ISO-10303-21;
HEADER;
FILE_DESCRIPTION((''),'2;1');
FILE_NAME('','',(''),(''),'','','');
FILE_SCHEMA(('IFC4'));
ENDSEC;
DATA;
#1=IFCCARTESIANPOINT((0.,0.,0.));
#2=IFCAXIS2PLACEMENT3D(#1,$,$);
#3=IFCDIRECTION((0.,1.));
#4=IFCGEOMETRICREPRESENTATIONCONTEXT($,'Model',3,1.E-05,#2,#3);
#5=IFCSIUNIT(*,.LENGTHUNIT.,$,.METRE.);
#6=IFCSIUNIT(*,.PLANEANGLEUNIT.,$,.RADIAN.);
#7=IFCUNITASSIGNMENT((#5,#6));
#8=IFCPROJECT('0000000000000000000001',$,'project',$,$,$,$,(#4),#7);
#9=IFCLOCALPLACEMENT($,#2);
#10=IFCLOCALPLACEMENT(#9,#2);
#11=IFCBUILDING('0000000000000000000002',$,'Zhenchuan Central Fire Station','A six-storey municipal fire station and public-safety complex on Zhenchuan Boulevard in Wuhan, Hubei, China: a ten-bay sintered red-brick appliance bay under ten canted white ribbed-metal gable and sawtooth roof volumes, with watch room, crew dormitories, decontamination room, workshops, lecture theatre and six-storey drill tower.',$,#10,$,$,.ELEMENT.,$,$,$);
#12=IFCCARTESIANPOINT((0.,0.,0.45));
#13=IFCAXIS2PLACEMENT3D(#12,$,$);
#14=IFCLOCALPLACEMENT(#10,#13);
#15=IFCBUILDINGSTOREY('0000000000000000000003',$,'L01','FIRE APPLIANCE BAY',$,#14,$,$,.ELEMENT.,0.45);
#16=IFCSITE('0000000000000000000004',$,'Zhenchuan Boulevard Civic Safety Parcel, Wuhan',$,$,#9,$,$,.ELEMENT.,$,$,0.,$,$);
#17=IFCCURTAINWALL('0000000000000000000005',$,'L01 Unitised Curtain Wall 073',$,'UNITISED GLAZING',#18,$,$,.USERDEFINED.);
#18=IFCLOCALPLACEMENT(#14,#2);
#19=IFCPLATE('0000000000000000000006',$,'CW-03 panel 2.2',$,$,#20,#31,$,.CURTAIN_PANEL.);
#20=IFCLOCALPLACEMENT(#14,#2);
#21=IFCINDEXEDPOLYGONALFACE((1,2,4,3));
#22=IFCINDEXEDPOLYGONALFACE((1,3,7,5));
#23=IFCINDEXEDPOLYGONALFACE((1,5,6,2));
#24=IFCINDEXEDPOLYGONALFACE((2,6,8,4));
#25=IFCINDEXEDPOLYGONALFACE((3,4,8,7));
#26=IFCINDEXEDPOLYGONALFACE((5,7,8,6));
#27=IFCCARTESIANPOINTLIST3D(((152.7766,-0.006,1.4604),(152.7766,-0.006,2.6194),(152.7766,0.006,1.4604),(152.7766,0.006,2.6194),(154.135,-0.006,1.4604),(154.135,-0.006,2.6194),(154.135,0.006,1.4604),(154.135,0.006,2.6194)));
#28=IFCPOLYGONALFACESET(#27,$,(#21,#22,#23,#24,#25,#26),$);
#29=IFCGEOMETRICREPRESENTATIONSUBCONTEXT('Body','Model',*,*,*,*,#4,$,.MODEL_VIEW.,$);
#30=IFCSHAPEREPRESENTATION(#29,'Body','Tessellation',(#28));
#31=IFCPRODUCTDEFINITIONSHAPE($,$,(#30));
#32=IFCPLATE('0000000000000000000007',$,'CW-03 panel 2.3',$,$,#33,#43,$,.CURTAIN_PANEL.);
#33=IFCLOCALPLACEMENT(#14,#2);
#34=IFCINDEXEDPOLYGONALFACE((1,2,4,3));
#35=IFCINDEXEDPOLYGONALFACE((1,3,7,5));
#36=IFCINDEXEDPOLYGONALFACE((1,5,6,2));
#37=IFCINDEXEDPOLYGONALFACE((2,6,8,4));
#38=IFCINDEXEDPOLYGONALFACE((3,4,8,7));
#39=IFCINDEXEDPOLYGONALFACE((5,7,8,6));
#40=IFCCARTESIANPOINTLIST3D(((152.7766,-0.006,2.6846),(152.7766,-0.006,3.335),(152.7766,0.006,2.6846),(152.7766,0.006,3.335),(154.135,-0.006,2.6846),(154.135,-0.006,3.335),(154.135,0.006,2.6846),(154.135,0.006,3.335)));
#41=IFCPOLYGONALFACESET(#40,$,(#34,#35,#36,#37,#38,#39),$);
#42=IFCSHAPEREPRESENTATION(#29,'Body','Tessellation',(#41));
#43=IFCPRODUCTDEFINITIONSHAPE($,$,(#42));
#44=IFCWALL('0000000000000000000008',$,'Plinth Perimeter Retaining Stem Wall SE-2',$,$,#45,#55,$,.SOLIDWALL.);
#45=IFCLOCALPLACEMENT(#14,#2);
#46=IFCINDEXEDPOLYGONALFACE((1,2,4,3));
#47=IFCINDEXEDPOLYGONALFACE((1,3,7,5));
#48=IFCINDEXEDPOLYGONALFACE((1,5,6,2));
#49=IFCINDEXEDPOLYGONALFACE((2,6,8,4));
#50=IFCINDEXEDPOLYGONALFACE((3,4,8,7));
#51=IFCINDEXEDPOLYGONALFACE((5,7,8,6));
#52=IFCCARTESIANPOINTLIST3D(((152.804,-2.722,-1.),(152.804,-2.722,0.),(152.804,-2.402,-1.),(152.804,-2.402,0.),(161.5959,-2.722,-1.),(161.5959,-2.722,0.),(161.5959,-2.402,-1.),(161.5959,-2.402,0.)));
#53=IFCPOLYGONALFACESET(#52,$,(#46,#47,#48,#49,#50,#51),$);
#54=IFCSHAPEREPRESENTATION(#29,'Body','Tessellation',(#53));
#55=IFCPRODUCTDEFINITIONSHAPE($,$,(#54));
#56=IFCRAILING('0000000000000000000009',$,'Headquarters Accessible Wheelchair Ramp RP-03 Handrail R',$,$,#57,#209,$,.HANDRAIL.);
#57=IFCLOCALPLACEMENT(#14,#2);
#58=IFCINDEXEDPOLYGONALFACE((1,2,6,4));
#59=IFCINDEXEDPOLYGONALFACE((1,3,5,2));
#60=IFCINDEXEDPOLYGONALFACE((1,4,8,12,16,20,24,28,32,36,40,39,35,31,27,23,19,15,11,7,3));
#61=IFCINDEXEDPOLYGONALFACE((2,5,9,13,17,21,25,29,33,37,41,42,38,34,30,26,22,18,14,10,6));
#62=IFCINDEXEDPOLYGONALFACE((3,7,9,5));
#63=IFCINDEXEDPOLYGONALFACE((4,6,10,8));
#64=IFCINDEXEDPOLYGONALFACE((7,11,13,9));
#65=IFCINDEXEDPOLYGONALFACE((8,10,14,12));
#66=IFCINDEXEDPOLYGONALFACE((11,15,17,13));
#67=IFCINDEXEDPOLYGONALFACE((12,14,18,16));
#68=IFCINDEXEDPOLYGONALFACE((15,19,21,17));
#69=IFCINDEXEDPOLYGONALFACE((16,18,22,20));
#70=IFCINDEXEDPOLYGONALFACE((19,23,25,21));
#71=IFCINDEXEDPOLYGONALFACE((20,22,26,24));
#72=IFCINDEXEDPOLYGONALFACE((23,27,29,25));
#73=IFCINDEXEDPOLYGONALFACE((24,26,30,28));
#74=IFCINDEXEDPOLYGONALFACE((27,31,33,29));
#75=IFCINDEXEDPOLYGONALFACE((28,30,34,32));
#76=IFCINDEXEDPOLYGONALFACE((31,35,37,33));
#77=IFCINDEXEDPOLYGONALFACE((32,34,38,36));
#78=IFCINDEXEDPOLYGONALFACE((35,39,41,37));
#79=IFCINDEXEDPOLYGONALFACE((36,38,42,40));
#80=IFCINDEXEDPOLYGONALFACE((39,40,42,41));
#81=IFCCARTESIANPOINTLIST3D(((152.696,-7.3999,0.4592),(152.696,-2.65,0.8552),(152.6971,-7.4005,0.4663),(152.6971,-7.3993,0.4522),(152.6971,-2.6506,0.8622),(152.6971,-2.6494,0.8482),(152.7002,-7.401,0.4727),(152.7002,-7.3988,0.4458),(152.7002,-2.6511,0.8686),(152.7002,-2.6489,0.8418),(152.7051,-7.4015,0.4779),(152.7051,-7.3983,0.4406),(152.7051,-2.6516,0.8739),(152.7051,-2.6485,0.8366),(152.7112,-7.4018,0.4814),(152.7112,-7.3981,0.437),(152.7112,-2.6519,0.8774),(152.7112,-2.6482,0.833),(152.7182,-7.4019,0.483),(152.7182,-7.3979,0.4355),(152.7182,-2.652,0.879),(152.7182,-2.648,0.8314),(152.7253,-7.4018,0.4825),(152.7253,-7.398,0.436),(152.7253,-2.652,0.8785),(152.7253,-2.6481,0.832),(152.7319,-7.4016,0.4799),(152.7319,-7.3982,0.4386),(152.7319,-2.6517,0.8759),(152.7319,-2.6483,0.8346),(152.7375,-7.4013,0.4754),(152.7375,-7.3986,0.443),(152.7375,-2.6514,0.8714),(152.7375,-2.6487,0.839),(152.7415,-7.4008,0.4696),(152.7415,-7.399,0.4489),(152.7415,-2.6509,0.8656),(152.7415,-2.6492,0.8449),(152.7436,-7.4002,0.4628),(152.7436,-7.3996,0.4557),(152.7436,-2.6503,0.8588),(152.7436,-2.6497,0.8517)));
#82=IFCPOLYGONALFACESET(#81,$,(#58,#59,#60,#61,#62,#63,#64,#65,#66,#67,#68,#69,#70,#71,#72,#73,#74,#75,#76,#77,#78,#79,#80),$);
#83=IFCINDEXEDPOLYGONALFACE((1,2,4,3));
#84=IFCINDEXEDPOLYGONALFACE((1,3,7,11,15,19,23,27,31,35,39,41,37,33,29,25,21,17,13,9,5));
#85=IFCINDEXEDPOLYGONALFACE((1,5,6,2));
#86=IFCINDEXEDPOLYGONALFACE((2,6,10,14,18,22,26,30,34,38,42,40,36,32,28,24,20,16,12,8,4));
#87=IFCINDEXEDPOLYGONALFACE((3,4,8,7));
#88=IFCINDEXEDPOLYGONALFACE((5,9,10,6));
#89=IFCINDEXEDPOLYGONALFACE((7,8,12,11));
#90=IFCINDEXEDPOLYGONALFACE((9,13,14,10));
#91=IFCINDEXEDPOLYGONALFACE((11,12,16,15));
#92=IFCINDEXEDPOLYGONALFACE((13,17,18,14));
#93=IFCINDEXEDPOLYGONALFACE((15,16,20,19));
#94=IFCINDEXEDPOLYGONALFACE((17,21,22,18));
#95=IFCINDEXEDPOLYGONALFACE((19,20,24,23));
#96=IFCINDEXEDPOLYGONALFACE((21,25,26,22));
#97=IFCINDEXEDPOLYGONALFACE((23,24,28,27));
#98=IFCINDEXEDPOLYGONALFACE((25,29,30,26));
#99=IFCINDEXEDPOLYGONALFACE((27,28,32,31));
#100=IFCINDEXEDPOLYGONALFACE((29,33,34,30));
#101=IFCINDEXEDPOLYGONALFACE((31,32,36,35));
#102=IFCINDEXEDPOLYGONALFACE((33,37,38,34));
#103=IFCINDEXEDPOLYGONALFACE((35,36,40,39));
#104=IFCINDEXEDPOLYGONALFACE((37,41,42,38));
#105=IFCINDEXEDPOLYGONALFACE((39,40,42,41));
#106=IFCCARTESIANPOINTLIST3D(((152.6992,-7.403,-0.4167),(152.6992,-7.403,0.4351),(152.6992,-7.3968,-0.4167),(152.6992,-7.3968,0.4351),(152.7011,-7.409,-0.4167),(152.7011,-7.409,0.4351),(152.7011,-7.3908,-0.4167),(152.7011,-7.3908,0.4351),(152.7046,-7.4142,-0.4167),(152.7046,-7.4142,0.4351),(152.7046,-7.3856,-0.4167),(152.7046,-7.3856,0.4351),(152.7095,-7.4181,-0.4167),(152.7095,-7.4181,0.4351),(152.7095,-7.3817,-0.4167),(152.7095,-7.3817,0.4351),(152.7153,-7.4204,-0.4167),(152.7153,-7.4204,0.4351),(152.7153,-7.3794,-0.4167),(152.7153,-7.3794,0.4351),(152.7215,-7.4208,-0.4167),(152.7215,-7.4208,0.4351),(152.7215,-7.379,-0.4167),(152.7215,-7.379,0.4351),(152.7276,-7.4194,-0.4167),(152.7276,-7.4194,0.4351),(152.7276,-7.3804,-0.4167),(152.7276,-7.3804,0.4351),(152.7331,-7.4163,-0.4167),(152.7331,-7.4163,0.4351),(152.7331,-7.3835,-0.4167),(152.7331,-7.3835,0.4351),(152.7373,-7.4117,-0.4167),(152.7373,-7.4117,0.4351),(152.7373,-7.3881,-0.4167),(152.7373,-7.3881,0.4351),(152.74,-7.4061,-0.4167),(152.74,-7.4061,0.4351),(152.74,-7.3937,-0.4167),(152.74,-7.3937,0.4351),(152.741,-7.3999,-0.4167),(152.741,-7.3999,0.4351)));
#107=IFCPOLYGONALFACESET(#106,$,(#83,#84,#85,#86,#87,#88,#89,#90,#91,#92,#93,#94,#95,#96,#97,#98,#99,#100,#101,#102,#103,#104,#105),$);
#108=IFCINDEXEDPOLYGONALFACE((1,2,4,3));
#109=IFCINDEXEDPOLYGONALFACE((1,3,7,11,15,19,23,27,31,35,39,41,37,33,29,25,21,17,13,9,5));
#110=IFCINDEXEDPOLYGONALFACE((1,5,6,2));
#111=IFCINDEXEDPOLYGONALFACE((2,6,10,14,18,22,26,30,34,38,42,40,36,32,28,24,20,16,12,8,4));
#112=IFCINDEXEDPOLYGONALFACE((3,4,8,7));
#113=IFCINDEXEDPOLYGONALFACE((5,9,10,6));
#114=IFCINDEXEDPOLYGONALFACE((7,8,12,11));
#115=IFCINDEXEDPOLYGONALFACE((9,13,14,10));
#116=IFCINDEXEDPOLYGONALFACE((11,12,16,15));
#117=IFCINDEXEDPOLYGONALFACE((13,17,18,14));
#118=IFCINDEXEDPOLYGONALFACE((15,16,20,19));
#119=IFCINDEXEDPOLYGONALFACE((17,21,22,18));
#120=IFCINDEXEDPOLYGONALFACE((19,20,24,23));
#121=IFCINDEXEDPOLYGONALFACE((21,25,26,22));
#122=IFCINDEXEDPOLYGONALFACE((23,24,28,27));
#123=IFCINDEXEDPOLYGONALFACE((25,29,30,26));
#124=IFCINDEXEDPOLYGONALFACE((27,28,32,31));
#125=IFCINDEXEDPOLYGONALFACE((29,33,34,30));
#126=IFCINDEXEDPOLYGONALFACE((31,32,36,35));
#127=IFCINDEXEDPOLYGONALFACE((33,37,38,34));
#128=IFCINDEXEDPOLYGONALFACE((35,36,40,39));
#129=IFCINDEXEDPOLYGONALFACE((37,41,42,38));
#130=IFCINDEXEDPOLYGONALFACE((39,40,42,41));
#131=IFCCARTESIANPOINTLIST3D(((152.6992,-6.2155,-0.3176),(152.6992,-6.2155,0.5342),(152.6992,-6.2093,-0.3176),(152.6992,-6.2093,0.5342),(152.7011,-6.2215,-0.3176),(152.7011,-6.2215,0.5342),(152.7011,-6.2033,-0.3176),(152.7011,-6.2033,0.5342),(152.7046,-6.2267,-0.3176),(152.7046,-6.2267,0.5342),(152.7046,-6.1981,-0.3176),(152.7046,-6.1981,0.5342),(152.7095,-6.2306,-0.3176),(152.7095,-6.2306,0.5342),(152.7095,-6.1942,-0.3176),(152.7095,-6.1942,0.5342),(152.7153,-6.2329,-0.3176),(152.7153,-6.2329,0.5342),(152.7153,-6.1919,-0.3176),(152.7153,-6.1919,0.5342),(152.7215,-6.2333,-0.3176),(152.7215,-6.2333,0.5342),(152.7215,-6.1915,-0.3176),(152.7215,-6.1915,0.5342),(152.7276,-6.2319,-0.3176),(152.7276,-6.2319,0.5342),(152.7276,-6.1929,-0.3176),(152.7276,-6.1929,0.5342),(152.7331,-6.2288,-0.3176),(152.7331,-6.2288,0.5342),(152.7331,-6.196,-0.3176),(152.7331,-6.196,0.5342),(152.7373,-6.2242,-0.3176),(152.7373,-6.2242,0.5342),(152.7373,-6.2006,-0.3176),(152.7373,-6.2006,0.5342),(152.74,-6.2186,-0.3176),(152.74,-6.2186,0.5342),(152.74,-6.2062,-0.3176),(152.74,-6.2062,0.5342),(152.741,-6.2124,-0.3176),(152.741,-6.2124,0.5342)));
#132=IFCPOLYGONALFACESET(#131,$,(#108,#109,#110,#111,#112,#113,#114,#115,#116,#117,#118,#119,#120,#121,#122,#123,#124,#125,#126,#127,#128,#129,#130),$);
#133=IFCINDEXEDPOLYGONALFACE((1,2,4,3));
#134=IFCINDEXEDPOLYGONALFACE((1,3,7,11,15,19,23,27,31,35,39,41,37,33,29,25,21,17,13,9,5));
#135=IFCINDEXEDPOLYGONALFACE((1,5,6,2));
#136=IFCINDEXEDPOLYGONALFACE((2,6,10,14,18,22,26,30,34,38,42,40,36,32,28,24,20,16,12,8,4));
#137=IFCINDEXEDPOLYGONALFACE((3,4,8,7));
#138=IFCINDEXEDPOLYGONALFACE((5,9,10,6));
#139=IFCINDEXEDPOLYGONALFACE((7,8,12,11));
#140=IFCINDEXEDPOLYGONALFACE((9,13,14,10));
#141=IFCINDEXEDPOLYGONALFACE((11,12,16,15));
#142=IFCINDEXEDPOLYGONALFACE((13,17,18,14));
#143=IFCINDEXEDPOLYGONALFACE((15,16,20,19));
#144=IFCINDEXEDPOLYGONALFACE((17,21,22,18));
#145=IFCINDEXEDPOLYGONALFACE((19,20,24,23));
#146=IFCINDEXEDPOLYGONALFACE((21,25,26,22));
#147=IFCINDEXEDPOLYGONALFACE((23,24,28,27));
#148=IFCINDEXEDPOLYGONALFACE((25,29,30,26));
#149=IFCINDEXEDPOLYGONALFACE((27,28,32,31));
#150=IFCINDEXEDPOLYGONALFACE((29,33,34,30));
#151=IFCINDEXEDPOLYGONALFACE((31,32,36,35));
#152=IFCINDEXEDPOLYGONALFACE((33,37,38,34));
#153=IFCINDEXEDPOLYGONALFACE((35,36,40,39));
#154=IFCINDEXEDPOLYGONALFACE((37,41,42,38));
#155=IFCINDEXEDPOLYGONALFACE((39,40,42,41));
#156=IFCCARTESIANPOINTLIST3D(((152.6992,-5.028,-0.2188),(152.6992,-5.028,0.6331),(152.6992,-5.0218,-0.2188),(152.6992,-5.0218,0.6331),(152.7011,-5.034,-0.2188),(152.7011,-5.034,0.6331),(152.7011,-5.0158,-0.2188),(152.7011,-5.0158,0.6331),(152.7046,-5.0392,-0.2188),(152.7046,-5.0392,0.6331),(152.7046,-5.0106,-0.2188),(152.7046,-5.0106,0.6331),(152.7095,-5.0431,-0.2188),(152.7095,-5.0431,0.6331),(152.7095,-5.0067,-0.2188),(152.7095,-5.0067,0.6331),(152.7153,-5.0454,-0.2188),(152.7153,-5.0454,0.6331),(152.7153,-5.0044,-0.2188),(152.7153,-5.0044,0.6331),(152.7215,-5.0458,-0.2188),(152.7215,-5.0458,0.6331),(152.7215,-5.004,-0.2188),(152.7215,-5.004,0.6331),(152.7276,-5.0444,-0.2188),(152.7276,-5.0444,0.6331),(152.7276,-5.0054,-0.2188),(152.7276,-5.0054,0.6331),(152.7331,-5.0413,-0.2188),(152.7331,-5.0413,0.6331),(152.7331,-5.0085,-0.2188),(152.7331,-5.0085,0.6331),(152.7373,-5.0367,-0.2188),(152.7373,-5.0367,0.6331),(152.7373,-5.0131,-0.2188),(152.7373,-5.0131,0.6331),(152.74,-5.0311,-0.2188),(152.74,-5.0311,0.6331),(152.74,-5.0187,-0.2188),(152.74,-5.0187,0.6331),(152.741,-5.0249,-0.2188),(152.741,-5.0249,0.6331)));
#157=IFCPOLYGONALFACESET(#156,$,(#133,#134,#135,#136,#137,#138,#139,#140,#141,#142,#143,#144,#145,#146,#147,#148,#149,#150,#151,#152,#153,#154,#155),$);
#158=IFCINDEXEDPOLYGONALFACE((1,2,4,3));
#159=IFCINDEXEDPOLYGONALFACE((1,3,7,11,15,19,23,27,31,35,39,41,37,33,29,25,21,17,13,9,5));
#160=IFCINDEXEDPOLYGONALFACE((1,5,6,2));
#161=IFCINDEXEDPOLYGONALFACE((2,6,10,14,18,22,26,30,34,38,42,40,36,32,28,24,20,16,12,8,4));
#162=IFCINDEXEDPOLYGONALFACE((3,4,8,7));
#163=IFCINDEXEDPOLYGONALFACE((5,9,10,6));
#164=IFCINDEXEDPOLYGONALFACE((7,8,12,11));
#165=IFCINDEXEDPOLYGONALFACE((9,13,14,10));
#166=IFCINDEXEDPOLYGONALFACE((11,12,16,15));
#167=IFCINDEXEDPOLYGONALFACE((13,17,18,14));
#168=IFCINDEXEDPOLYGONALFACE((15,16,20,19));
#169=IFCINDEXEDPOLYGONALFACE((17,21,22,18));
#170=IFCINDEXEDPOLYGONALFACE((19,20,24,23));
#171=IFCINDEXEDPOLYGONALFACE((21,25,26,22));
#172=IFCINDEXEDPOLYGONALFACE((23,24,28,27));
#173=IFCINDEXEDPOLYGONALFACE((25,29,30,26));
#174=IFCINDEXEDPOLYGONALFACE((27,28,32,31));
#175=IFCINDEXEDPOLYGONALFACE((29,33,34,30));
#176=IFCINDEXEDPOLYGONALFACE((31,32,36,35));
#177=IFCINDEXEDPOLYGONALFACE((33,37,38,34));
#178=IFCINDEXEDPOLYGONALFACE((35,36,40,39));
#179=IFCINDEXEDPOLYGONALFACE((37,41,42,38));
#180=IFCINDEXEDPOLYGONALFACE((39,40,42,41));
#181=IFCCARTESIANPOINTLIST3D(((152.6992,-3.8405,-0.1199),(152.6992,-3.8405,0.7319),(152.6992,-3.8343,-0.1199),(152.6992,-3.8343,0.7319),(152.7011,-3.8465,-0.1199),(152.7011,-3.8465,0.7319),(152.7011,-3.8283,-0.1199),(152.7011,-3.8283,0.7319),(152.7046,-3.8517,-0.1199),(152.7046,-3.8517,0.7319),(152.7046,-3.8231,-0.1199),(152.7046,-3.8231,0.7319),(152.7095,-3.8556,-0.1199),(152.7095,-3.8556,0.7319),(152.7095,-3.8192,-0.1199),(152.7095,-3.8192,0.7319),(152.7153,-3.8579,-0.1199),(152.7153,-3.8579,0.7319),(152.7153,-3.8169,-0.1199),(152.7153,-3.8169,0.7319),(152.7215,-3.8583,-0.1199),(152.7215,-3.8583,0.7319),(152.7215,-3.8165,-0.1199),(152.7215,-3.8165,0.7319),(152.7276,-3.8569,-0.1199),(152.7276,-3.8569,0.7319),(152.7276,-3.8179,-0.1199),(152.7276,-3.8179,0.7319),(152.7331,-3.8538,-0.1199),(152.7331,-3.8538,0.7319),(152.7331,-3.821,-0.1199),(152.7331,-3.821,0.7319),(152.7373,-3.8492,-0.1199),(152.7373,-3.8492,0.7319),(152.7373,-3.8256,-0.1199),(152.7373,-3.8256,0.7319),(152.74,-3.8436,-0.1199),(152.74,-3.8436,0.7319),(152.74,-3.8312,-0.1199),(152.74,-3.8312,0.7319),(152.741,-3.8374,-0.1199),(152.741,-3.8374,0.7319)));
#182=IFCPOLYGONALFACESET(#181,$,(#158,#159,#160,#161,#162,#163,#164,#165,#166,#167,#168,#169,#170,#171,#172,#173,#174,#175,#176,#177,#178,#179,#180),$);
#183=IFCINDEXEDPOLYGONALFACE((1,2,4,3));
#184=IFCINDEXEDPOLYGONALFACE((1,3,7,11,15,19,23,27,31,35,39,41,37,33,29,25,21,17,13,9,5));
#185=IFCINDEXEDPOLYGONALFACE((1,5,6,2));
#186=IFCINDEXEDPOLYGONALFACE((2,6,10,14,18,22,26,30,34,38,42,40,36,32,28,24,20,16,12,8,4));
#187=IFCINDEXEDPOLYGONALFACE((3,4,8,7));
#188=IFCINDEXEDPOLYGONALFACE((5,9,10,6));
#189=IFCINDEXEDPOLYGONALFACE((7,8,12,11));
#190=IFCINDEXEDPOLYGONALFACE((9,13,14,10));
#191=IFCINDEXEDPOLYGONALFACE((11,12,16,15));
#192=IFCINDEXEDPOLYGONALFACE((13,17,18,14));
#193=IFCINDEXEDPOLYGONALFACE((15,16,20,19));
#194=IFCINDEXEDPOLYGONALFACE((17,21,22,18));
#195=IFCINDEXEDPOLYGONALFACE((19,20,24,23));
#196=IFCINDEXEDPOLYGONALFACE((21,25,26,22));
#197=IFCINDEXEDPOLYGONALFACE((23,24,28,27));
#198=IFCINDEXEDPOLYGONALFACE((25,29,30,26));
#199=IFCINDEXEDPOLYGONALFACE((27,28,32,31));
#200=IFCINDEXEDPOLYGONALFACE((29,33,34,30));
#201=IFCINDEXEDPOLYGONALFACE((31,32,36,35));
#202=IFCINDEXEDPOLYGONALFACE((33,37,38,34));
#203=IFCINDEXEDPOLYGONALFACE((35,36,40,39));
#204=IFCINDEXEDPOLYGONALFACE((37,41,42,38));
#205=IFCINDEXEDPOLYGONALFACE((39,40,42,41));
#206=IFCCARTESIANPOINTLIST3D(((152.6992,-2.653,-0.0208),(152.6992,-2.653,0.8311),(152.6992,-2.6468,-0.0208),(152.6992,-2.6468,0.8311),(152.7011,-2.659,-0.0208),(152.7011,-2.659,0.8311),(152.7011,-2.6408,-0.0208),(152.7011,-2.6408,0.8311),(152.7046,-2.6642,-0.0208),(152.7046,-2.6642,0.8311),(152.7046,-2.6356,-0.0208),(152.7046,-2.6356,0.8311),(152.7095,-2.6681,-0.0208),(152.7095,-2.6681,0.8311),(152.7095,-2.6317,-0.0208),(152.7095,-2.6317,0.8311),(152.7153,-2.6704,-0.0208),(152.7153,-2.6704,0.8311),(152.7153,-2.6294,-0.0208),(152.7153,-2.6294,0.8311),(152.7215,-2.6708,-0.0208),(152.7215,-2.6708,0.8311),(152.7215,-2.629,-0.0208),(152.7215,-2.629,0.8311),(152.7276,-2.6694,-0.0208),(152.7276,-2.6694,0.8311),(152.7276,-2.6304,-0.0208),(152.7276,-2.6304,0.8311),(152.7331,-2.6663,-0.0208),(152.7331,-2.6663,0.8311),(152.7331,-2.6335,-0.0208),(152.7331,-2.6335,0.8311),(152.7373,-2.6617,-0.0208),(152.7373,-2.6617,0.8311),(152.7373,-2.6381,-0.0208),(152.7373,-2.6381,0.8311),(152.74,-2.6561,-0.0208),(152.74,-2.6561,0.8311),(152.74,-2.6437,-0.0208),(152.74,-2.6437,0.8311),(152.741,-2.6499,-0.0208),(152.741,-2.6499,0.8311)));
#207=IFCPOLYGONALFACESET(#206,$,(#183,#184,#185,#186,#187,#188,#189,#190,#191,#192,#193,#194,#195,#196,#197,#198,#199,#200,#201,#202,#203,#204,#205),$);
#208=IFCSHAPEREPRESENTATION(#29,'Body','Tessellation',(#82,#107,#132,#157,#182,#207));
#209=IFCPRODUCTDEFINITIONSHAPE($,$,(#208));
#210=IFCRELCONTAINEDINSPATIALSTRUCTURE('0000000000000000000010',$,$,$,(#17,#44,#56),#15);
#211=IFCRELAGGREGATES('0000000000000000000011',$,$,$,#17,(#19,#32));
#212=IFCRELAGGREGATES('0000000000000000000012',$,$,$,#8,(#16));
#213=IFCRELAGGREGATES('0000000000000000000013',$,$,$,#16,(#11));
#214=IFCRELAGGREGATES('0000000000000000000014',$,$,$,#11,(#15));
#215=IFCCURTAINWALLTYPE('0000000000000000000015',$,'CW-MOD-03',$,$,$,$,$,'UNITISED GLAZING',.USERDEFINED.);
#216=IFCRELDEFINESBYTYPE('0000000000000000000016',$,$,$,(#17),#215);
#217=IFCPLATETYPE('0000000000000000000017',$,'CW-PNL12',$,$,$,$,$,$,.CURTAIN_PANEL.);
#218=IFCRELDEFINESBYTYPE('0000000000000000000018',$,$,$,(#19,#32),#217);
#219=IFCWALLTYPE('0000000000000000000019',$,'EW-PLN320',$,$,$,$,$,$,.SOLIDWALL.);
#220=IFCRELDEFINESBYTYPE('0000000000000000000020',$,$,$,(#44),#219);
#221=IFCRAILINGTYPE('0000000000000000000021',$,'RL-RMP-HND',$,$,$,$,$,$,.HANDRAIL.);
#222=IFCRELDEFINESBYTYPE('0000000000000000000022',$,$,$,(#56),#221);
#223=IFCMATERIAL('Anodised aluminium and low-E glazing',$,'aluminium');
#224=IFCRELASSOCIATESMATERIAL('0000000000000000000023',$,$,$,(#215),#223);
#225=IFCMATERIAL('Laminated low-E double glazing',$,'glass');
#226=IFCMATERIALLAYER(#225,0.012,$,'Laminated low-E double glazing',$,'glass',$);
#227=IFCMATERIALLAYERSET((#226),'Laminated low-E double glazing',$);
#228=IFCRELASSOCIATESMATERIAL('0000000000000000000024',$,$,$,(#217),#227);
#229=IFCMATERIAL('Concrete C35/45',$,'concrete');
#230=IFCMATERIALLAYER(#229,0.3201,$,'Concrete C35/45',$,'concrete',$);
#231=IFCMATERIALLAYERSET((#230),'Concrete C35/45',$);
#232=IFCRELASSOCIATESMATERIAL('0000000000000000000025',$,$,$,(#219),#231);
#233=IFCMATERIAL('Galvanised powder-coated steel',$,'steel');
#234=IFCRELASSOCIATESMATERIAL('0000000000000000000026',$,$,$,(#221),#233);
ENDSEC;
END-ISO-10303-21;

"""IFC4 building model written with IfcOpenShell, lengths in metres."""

from ifc_helpers import new_model, si_unit, direction, frame, frame_2d, origin, origin_2d, place, context, subcontext, project, spatial, rectangle, circle, extrude, material, layer, layer_set, type_object, element, aggregate, save


model = new_model("IFC4")

# Units and contexts
model_context = context("Model", 3, precision=1e-05, world=origin(), true_north=direction((0.0, 1.0)))
body_context = subcontext(model_context, "Body", "Model", "MODEL_VIEW")
ifc_project = project(units=[si_unit("LENGTHUNIT", "METRE"), si_unit("PLANEANGLEUNIT", "RADIAN")], contexts=[model_context])

# Site, building, storey
site_placement = place(None, origin())
site = spatial("IfcSite", under=ifc_project, at=site_placement, Name="Zhenchuan Boulevard Civic Safety Parcel, Wuhan", CompositionType="ELEMENT", RefElevation=0.0)
building_placement = place(site_placement, origin())
building = spatial("IfcBuilding", under=site, at=building_placement, Name="Zhenchuan Central Fire Station", Description="A six-storey municipal fire station and public-safety complex on Zhenchuan Boulevard in Wuhan, Hubei, China: a ten-bay sintered red-brick appliance bay under ten canted white ribbed-metal gable and sawtooth roof volumes, with watch room, crew dormitories, decontamination room, workshops, lecture theatre and six-storey drill tower.", CompositionType="ELEMENT")
storey_placement = place(building_placement, frame((0.0, 0.0, 0.45)))
storey = spatial("IfcBuildingStorey", under=building, at=storey_placement, Name="L01", Description="FIRE APPLIANCE BAY", CompositionType="ELEMENT", Elevation=0.45)

# Shared definitions
ifc_material_1 = material(Name="Concrete C35/45", Category="concrete")

# Curtain wall
ifc_material_2 = material(Name="Anodised aluminium and low-E glazing", Category="aluminium")
curtain_wall_type = type_object("IfcCurtainWallType", Name="CW-MOD-03", ElementType="UNITISED GLAZING", PredefinedType="USERDEFINED", material=ifc_material_2)
curtain_wall_placement = place(storey_placement, origin())
curtain_wall = element("IfcCurtainWall", 1, at=curtain_wall_placement, inside=storey, type_object=curtain_wall_type, Name="L01 Unitised Curtain Wall 073", ObjectType="UNITISED GLAZING", PredefinedType="USERDEFINED")

# Plates
ifc_material_3 = material(Name="Laminated low-E double glazing", Category="glass")
ifc_layer_1 = layer(ifc_material_3, 0.012, Name="Laminated low-E double glazing", Category="glass")
ifc_layer_set_1 = layer_set([ifc_layer_1], Name="Laminated low-E double glazing")
plate_type = type_object("IfcPlateType", Name="CW-PNL12", PredefinedType="CURTAIN_PANEL", material=ifc_layer_set_1)
plate_1_placement = place(storey_placement, frame((153.4558, 0.0, 1.4604), z_axis=(0.0, 0.0, 1.0), x_axis=(1.0, 0.0, 0.0)))
plate_1 = element("IfcPlate", 2, at=plate_1_placement, type_object=plate_type, Name="CW-03 panel 2.2", PredefinedType="CURTAIN_PANEL", context=body_context, shape_type="SweptSolid", body=[
    extrude(rectangle(XDim=1.3584, YDim=0.012, at=origin_2d()), origin(), (0.0, 0.0, 1.0), 1.1589),
])
plate_2_placement = place(storey_placement, frame((153.4558, 0.0, 2.6846), z_axis=(0.0, 0.0, 1.0), x_axis=(1.0, 0.0, 0.0)))
plate_2 = element("IfcPlate", 3, at=plate_2_placement, type_object=plate_type, Name="CW-03 panel 2.3", PredefinedType="CURTAIN_PANEL", context=body_context, shape_type="SweptSolid", body=[
    extrude(rectangle(XDim=1.3584, YDim=0.012, at=origin_2d()), origin(), (0.0, 0.0, 1.0), 0.6504),
])
aggregate(curtain_wall, [plate_1, plate_2])

# Wall
ifc_layer_2 = layer(ifc_material_1, 0.3201, Name="Concrete C35/45", Category="concrete")
ifc_layer_set_2 = layer_set([ifc_layer_2], Name="Concrete C35/45")
wall_type = type_object("IfcWallType", Name="EW-PLN320", PredefinedType="SOLIDWALL", material=ifc_layer_set_2)
wall_placement = place(storey_placement, frame((152.804, -2.562, -1.0), z_axis=(0.0, 0.0, 1.0), x_axis=(1.0, 0.0, 0.0)))
element("IfcWall", 4, at=wall_placement, inside=storey, type_object=wall_type, Name="Plinth Perimeter Retaining Stem Wall SE-2", PredefinedType="SOLIDWALL", context=body_context, shape_type="SweptSolid", body=[
    extrude(rectangle(XDim=8.792, YDim=0.3201, at=frame_2d((4.396, 0.0))), origin(), (0.0, 0.0, 1.0), 1.0),
])

# Railing
ifc_material_4 = material(Name="Galvanised powder-coated steel", Category="steel")
railing_type = type_object("IfcRailingType", Name="RL-RMP-HND", PredefinedType="HANDRAIL", material=ifc_material_4)
railing_placement = place(storey_placement, frame((152.72, -7.3999, -0.4167)))
element("IfcRailing", 5, at=railing_placement, inside=storey, type_object=railing_type, Name="Headquarters Accessible Wheelchair Ramp RP-03 Handrail R", PredefinedType="HANDRAIL", context=body_context, shape_type="SweptSolid", body=[
    extrude(circle(Radius=0.0239, at=origin_2d()), frame((0.0, 0.0, 0.876), z_axis=(0.0, 0.996543, 0.083079), x_axis=(-1.0, 0.0, 0.0)), (0.0, 0.0, 1.0), 4.7664),
    extrude(circle(Radius=0.021, at=origin_2d()), origin(), (0.0, 0.0, 1.0), 0.8518),
    extrude(circle(Radius=0.021, at=origin_2d()), frame((0.0, 1.1875, 0.0991)), (0.0, 0.0, 1.0), 0.8518),
    extrude(circle(Radius=0.021, at=origin_2d()), frame((0.0, 2.375, 0.198)), (0.0, 0.0, 1.0), 0.8518),
    extrude(circle(Radius=0.021, at=origin_2d()), frame((0.0, 3.5625, 0.2969)), (0.0, 0.0, 1.0), 0.8518),
    extrude(circle(Radius=0.021, at=origin_2d()), frame((0.0, 4.75, 0.396)), (0.0, 0.0, 1.0), 0.8518),
])

save(model, "model.ifc")
